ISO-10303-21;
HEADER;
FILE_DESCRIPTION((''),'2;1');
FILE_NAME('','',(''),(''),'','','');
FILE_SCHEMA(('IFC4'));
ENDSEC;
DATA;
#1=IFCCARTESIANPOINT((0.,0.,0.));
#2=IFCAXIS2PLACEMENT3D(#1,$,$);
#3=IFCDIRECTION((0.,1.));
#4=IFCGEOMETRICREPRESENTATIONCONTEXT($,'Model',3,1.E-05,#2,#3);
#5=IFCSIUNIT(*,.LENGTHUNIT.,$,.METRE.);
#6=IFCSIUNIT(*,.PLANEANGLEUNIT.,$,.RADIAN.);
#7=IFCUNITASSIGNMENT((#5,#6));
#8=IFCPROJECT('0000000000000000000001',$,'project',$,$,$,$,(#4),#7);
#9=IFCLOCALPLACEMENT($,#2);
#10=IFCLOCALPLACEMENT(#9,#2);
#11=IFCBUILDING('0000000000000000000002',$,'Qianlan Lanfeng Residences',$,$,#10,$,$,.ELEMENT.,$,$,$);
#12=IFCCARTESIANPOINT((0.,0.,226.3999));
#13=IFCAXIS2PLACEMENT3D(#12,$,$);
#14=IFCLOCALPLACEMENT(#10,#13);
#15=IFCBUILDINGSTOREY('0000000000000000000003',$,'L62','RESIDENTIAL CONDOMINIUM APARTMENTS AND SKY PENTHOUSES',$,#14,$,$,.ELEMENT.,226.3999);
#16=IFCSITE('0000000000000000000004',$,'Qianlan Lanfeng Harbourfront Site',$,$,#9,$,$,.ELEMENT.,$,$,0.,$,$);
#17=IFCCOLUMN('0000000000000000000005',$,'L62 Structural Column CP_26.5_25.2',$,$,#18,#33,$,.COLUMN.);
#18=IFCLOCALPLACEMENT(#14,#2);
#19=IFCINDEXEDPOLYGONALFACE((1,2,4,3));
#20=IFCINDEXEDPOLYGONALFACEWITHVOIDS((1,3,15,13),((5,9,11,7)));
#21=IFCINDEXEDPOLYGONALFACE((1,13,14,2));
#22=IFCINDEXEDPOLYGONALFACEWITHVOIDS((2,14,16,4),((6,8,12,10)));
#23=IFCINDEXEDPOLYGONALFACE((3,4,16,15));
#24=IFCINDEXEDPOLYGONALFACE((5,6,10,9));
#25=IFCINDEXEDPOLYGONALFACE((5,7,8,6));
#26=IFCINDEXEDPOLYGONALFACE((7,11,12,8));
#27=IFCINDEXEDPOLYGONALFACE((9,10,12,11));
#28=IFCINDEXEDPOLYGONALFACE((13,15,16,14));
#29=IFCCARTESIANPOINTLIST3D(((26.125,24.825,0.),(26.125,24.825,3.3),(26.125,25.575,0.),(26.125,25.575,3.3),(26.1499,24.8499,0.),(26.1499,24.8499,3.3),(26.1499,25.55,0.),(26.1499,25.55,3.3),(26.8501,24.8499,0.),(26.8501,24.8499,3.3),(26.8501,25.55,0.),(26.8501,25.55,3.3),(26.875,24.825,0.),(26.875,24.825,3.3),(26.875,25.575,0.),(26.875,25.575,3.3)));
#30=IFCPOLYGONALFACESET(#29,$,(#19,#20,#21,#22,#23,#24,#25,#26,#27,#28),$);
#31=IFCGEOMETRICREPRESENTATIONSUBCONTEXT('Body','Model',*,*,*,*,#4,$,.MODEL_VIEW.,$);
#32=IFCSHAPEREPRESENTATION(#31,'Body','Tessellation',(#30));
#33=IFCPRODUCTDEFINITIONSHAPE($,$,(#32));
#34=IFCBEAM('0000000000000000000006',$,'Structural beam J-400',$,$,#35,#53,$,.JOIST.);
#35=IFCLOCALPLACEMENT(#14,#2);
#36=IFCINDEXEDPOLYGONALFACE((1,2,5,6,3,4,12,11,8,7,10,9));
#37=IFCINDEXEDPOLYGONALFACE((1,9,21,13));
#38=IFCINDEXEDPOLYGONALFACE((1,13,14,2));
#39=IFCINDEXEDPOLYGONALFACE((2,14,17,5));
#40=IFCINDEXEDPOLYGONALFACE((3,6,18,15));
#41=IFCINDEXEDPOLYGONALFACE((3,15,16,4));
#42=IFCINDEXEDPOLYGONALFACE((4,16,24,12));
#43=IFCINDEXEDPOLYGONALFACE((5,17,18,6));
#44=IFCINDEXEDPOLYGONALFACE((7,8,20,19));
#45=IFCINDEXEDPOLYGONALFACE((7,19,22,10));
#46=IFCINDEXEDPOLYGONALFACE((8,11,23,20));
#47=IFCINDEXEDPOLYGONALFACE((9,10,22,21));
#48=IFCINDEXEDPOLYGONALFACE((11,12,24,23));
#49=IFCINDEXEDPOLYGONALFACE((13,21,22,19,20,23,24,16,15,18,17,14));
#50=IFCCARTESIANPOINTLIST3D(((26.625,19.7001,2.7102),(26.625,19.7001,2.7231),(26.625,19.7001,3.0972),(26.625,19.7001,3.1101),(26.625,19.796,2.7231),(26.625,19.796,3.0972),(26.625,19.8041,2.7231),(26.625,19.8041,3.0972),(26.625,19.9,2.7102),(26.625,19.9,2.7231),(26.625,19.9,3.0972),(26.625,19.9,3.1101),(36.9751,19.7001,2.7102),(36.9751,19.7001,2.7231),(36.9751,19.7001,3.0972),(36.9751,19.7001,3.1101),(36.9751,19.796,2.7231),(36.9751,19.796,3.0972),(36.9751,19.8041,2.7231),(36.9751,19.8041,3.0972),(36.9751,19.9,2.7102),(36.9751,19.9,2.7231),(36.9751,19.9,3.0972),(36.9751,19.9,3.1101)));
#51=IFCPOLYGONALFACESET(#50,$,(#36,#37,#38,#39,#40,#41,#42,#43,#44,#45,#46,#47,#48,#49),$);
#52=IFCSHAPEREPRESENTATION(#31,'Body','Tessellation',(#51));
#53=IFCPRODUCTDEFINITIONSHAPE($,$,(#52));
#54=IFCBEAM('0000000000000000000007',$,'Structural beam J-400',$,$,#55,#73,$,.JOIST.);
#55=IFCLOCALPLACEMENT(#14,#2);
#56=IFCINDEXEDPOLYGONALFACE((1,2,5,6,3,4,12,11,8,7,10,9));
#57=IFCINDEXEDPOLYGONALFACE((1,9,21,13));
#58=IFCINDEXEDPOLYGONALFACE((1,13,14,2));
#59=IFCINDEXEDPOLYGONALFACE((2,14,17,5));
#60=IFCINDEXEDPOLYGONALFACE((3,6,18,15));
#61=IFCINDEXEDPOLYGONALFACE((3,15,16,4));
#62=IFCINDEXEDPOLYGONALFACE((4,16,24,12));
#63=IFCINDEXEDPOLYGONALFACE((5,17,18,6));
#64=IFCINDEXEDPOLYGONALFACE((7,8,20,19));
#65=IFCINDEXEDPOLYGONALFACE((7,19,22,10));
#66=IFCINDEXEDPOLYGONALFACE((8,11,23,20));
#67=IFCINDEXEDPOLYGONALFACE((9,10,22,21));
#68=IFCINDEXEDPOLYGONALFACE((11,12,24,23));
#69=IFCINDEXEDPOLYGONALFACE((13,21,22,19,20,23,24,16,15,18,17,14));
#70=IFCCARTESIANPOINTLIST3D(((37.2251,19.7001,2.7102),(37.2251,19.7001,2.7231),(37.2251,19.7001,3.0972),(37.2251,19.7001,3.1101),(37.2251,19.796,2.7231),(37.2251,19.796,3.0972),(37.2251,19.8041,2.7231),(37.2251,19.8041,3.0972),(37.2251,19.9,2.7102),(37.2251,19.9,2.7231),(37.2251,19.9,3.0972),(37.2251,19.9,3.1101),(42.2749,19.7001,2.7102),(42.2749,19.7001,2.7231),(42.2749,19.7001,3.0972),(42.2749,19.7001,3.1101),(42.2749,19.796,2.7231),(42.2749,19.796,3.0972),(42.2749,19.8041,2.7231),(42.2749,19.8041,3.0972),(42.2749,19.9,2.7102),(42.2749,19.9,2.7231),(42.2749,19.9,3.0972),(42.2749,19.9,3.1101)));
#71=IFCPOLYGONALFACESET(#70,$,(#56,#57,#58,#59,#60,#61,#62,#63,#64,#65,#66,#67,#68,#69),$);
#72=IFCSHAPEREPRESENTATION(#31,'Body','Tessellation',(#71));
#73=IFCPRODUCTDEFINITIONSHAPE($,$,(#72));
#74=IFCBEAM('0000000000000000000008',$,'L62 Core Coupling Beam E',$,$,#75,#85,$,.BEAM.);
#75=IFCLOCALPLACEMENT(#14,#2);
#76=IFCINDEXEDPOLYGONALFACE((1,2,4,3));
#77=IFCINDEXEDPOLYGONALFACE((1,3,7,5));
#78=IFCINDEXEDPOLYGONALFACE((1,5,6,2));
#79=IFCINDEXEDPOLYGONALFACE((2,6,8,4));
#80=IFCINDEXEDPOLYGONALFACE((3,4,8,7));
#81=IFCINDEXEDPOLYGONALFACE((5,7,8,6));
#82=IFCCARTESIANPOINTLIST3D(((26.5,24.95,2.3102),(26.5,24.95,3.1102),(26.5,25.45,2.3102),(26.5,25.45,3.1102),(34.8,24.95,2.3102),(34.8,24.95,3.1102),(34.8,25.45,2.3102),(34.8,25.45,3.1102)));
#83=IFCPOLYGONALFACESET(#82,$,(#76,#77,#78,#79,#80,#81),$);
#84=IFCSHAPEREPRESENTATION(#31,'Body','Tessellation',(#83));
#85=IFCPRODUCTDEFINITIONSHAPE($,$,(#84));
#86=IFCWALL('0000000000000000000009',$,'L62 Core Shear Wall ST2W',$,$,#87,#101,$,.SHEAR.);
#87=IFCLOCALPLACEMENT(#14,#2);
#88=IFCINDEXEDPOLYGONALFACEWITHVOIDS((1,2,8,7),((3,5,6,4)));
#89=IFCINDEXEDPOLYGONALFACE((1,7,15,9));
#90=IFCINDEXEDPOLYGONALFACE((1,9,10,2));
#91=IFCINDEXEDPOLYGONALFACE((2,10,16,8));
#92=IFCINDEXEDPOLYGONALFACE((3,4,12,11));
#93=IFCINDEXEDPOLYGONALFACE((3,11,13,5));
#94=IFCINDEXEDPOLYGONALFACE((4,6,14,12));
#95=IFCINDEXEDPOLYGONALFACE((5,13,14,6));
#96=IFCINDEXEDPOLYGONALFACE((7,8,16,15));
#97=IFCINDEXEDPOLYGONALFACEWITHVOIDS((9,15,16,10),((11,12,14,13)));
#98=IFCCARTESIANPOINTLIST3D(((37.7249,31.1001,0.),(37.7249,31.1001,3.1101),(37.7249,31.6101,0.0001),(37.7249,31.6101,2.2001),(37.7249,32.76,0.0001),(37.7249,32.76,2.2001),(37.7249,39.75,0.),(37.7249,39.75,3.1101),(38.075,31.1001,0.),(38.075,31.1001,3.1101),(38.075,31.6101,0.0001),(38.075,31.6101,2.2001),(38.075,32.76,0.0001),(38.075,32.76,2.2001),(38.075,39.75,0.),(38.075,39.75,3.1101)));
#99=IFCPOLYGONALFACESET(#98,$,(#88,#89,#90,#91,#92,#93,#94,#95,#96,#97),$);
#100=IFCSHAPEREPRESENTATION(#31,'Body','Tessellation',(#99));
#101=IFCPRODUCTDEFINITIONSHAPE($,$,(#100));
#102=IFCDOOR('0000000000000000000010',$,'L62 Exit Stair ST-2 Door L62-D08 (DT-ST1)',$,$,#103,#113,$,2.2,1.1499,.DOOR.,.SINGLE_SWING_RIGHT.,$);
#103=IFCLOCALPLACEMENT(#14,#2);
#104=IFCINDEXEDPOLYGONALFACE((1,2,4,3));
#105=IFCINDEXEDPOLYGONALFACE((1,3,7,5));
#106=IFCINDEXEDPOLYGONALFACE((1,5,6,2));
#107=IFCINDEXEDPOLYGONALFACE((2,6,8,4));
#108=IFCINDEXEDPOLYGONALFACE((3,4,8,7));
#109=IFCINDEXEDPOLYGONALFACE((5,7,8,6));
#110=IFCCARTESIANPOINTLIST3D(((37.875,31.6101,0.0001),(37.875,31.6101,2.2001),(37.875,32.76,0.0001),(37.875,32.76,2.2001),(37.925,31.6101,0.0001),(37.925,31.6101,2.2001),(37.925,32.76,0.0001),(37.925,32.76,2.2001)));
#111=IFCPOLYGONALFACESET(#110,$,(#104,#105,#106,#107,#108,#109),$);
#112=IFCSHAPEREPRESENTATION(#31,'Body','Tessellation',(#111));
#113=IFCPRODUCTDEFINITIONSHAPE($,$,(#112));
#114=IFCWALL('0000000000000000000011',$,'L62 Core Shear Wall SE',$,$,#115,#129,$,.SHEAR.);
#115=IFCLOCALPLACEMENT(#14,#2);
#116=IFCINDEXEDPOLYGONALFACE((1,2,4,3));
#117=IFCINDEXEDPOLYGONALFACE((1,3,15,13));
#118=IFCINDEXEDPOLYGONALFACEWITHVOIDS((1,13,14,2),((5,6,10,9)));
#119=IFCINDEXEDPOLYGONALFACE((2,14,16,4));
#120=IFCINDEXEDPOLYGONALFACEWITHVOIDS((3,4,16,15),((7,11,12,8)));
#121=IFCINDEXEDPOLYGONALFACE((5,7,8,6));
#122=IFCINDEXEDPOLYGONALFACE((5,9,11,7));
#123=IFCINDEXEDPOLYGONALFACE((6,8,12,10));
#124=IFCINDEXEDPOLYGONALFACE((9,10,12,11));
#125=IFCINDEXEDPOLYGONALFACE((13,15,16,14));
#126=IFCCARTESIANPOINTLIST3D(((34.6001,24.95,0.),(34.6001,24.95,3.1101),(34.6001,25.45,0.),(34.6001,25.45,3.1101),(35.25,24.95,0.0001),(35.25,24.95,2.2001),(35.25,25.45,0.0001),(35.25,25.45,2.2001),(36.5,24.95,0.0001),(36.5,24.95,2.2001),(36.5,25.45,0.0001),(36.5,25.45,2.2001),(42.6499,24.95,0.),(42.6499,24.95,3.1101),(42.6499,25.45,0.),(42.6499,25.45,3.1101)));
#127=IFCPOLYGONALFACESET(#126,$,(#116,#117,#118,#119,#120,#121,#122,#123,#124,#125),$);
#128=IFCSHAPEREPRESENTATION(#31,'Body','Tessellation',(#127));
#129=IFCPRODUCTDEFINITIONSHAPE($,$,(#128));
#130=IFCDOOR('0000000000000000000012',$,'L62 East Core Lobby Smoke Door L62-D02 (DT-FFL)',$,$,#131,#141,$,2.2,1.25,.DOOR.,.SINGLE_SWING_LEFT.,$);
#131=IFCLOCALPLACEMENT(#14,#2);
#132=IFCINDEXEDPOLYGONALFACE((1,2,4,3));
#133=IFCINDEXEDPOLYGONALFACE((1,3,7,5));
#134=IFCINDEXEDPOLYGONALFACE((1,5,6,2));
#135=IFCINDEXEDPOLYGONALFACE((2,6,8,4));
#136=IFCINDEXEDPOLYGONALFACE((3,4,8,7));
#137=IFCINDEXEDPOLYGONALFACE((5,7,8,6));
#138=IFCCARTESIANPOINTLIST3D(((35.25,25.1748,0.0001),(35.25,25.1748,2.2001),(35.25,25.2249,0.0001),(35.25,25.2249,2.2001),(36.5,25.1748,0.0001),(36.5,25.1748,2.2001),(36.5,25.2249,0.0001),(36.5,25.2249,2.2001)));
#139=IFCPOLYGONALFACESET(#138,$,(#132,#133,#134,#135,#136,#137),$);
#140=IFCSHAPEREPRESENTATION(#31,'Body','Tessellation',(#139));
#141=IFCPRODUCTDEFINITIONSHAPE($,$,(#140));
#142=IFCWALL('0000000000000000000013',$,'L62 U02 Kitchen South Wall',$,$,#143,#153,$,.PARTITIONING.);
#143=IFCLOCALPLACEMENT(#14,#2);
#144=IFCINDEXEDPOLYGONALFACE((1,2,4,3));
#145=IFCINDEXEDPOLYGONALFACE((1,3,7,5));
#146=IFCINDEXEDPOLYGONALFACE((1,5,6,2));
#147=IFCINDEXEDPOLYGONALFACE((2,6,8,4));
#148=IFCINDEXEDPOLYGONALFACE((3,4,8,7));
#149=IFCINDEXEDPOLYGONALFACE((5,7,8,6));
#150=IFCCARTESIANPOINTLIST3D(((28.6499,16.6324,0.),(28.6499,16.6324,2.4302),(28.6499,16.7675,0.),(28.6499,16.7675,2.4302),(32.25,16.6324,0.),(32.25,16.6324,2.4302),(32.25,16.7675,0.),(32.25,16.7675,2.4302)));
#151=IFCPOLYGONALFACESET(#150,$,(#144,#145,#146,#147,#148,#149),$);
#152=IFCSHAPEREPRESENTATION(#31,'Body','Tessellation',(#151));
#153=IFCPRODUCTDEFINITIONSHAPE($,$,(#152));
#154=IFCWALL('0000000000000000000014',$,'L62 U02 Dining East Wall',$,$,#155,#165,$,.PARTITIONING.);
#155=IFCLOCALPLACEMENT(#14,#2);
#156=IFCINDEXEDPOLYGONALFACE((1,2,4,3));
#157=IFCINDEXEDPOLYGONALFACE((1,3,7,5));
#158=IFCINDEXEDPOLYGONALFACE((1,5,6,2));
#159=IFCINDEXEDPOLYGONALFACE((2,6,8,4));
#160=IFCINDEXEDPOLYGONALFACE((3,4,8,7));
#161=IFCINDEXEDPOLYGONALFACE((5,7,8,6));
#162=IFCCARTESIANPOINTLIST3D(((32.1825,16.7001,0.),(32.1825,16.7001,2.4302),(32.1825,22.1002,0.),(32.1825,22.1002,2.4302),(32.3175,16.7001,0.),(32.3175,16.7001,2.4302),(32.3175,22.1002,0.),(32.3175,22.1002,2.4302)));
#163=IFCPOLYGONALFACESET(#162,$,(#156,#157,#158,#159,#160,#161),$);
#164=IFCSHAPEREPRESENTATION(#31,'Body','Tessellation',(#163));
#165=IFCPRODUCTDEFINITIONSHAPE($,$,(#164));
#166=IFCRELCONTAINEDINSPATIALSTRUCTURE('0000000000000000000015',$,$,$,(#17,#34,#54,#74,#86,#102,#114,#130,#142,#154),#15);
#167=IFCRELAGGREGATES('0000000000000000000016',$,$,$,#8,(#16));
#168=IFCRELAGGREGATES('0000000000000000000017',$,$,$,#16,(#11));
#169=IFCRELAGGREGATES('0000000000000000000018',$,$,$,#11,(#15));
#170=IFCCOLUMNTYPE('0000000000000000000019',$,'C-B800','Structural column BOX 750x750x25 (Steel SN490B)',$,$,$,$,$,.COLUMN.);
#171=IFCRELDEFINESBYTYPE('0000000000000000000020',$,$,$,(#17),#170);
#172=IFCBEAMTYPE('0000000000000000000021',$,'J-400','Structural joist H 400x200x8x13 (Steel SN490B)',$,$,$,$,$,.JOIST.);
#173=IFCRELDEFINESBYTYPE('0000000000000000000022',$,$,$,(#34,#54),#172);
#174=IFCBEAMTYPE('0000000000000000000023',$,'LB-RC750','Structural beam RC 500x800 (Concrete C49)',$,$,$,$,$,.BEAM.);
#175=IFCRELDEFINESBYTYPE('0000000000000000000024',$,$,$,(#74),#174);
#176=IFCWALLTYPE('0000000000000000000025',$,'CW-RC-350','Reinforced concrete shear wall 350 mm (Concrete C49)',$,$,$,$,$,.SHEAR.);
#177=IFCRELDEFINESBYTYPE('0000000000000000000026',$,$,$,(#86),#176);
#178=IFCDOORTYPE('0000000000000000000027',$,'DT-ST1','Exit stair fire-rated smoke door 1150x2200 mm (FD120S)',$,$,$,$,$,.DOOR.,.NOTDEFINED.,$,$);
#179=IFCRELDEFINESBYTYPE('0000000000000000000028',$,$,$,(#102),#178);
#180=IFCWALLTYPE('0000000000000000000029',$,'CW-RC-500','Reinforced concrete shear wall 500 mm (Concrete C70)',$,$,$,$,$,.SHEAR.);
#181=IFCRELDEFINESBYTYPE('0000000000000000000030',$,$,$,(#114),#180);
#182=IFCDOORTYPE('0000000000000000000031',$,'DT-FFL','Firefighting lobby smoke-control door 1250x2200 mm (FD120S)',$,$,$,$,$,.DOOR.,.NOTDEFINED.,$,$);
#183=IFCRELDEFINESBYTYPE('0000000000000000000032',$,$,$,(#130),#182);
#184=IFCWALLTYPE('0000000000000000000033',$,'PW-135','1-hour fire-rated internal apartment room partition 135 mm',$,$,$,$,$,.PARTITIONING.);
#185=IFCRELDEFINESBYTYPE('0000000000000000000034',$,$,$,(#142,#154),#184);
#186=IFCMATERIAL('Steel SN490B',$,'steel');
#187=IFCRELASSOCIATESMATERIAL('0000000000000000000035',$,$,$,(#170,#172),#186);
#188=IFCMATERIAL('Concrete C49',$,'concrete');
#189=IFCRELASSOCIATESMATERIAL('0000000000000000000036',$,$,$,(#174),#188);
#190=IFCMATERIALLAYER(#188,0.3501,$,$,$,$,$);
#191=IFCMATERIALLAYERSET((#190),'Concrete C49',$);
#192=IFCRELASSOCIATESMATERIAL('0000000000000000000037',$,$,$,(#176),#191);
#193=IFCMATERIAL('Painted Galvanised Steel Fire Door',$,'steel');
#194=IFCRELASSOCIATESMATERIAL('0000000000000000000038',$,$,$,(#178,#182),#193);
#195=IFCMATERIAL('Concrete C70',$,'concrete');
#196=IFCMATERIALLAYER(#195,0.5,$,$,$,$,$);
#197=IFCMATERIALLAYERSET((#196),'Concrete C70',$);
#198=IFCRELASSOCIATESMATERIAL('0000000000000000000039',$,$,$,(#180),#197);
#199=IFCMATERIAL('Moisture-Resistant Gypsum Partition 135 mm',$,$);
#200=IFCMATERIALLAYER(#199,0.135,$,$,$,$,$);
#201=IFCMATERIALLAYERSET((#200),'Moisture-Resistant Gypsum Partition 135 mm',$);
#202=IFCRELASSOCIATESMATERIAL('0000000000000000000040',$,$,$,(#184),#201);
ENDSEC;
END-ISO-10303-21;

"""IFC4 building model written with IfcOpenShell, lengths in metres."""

from ifc_helpers import new_model, si_unit, direction, frame, frame_2d, origin, origin_2d, place, context, subcontext, project, spatial, rectangle, hollow_rectangle, i_section, extrude, material, layer, layer_set, material_profile, profile_set, type_object, element, fill, save


model = new_model("IFC4")

# Units and contexts
model_context = context("Model", 3, precision=1e-05, world=origin(), true_north=direction((0.0, 1.0)))
body_context = subcontext(model_context, "Body", "Model", "MODEL_VIEW")
ifc_project = project(units=[si_unit("LENGTHUNIT", "METRE"), si_unit("PLANEANGLEUNIT", "RADIAN")], contexts=[model_context])

# Site, building, storey
site_placement = place(None, origin())
site = spatial("IfcSite", under=ifc_project, at=site_placement, Name="Qianlan Lanfeng Harbourfront Site", CompositionType="ELEMENT", RefElevation=0.0)
building_placement = place(site_placement, origin())
building = spatial("IfcBuilding", under=site, at=building_placement, Name="Qianlan Lanfeng Residences", CompositionType="ELEMENT")
storey_placement = place(building_placement, frame((0.0, 0.0, 226.3999)))
storey = spatial("IfcBuildingStorey", under=building, at=storey_placement, Name="L62", Description="RESIDENTIAL CONDOMINIUM APARTMENTS AND SKY PENTHOUSES", CompositionType="ELEMENT", Elevation=226.3999)

# Column
ifc_material_1 = material(Name="Steel SN490B", Category="steel")
ifc_material_profile_1 = material_profile(ifc_material_1, hollow_rectangle(XDim=0.75, YDim=0.75, WallThickness=0.0249, at=origin_2d()), Name="BOX 750x750x25")
ifc_profile_set_1 = profile_set([ifc_material_profile_1], Name="Steel SN490B")
column_type = type_object("IfcColumnType", Name="C-B800", Description="Structural column BOX 750x750x25 (Steel SN490B)", PredefinedType="COLUMN", material=ifc_profile_set_1)
column_placement = place(storey_placement, frame((26.5, 25.2, 0.0), z_axis=(0.0, 0.0, 1.0), x_axis=(1.0, 0.0, 0.0)))
element("IfcColumn", 1, at=column_placement, inside=storey, type_object=column_type, Name="L62 Structural Column CP_26.5_25.2", PredefinedType="COLUMN", context=body_context, shape_type="SweptSolid", body=[
    extrude(hollow_rectangle(XDim=0.75, YDim=0.75, WallThickness=0.0249, at=origin_2d()), origin(), (0.0, 0.0, 1.0), 3.3),
])

# Beams
ifc_material_profile_2 = material_profile(ifc_material_1, i_section(OverallWidth=0.2, OverallDepth=0.3999, WebThickness=0.0081, FlangeThickness=0.0129, at=origin_2d()), Name="H 400x200x8x13")
ifc_profile_set_2 = profile_set([ifc_material_profile_2], Name="Steel SN490B")
beam_type_1 = type_object("IfcBeamType", Name="J-400", Description="Structural joist H 400x200x8x13 (Steel SN490B)", PredefinedType="JOIST", material=ifc_profile_set_2)
beam_1_placement = place(storey_placement, frame((26.625, 19.8, 2.9102), z_axis=(1.0, 0.0, 0.0), x_axis=(0.0, 1.0, 0.0)))
element("IfcBeam", 2, at=beam_1_placement, inside=storey, type_object=beam_type_1, Name="Structural beam J-400", PredefinedType="JOIST", context=body_context, shape_type="SweptSolid", body=[
    extrude(i_section(OverallWidth=0.2, OverallDepth=0.3999, WebThickness=0.0081, FlangeThickness=0.0129, at=origin_2d()), origin(), (0.0, 0.0, 1.0), 10.3501),
])
beam_2_placement = place(storey_placement, frame((37.2251, 19.8, 2.9102), z_axis=(1.0, 0.0, 0.0), x_axis=(0.0, 1.0, 0.0)))
element("IfcBeam", 3, at=beam_2_placement, inside=storey, type_object=beam_type_1, Name="Structural beam J-400", PredefinedType="JOIST", context=body_context, shape_type="SweptSolid", body=[
    extrude(i_section(OverallWidth=0.2, OverallDepth=0.3999, WebThickness=0.0081, FlangeThickness=0.0129, at=origin_2d()), origin(), (0.0, 0.0, 1.0), 5.0498),
])
ifc_material_2 = material(Name="Concrete C49", Category="concrete")
ifc_material_profile_3 = material_profile(ifc_material_2, rectangle(XDim=0.5, YDim=0.8, at=origin_2d()), Name="RC 500x800")
ifc_profile_set_3 = profile_set([ifc_material_profile_3], Name="Concrete C49")
beam_type_2 = type_object("IfcBeamType", Name="LB-RC750", Description="Structural beam RC 500x800 (Concrete C49)", PredefinedType="BEAM", material=ifc_profile_set_3)
beam_3_placement = place(storey_placement, frame((26.5, 25.2, 2.7102), z_axis=(1.0, 0.0, 0.0), x_axis=(0.0, 1.0, 0.0)))
element("IfcBeam", 4, at=beam_3_placement, inside=storey, type_object=beam_type_2, Name="L62 Core Coupling Beam E", PredefinedType="BEAM", context=body_context, shape_type="SweptSolid", body=[
    extrude(rectangle(XDim=0.5, YDim=0.8, at=origin_2d()), origin(), (0.0, 0.0, 1.0), 8.3),
])

# Walls, openings, doors
ifc_layer_1 = layer(ifc_material_2, 0.3501)
ifc_layer_set_1 = layer_set([ifc_layer_1], Name="Concrete C49")
wall_type_1 = type_object("IfcWallType", Name="CW-RC-350", Description="Reinforced concrete shear wall 350 mm (Concrete C49)", PredefinedType="SHEAR", material=ifc_layer_set_1)
wall_1_placement = place(storey_placement, frame((37.8999, 31.1001, 0.0), z_axis=(0.0, 0.0, 1.0), x_axis=(0.0, 1.0, 0.0)))
wall_1 = element("IfcWall", 5, at=wall_1_placement, inside=storey, type_object=wall_type_1, Name="L62 Core Shear Wall ST2W", PredefinedType="SHEAR", context=body_context, shape_type="SweptSolid", body=[
    extrude(rectangle(XDim=8.6499, YDim=0.3501, at=frame_2d((4.325, 0.0))), origin(), (0.0, 0.0, 1.0), 3.1101),
])
opening_1_placement = place(wall_1_placement, frame((0.51, 0.0, 0.0)))
opening_1 = element("IfcOpeningElement", 6, at=opening_1_placement, cuts=wall_1, PredefinedType="OPENING", context=body_context, shape_type="SweptSolid", body=[
    extrude(rectangle(XDim=1.1499, YDim=2.2, at=frame_2d((0.575, 1.1001))), frame((0.0, 0.1851, 0.0), z_axis=(0.0, -1.0, 0.0), x_axis=(1.0, 0.0, 0.0)), (0.0, 0.0, 1.0), 0.3701),
])
ifc_material_3 = material(Name="Painted Galvanised Steel Fire Door", Category="steel")
door_type_1 = type_object("IfcDoorType", Name="DT-ST1", Description="Exit stair fire-rated smoke door 1150x2200 mm (FD120S)", OperationType="NOTDEFINED", PredefinedType="DOOR", material=ifc_material_3)
door_1_placement = place(opening_1_placement, origin())
door_1 = element("IfcDoor", 7, at=door_1_placement, inside=storey, type_object=door_type_1, Name="L62 Exit Stair ST-2 Door L62-D08 (DT-ST1)", OperationType="SINGLE_SWING_RIGHT", OverallHeight=2.2, OverallWidth=1.1499, PredefinedType="DOOR", context=body_context, shape_type="SweptSolid", body=[
    extrude(rectangle(XDim=1.1499, YDim=2.2, at=frame_2d((0.575, 1.1001))), frame((0.0, 0.0249, 0.0), z_axis=(0.0, -1.0, 0.0), x_axis=(1.0, 0.0, 0.0)), (0.0, 0.0, 1.0), 0.05),
])
fill(opening_1, door_1)
ifc_material_4 = material(Name="Concrete C70", Category="concrete")
ifc_layer_2 = layer(ifc_material_4, 0.5)
ifc_layer_set_2 = layer_set([ifc_layer_2], Name="Concrete C70")
wall_type_2 = type_object("IfcWallType", Name="CW-RC-500", Description="Reinforced concrete shear wall 500 mm (Concrete C70)", PredefinedType="SHEAR", material=ifc_layer_set_2)
wall_2_placement = place(storey_placement, frame((34.6001, 25.2, 0.0), z_axis=(0.0, 0.0, 1.0), x_axis=(1.0, 0.0, 0.0)))
wall_2 = element("IfcWall", 8, at=wall_2_placement, inside=storey, type_object=wall_type_2, Name="L62 Core Shear Wall SE", PredefinedType="SHEAR", context=body_context, shape_type="SweptSolid", body=[
    extrude(rectangle(XDim=8.0498, YDim=0.5, at=frame_2d((4.0249, 0.0))), origin(), (0.0, 0.0, 1.0), 3.1101),
])
opening_2_placement = place(wall_2_placement, frame((0.6499, 0.0, 0.0)))
opening_2 = element("IfcOpeningElement", 9, at=opening_2_placement, cuts=wall_2, PredefinedType="OPENING", context=body_context, shape_type="SweptSolid", body=[
    extrude(rectangle(XDim=1.25, YDim=2.2, at=frame_2d((0.625, 1.1001))), frame((0.0, 0.26, 0.0), z_axis=(0.0, -1.0, 0.0), x_axis=(1.0, 0.0, 0.0)), (0.0, 0.0, 1.0), 0.52),
])
door_type_2 = type_object("IfcDoorType", Name="DT-FFL", Description="Firefighting lobby smoke-control door 1250x2200 mm (FD120S)", OperationType="NOTDEFINED", PredefinedType="DOOR", material=ifc_material_3)
door_2_placement = place(opening_2_placement, origin())
door_2 = element("IfcDoor", 10, at=door_2_placement, inside=storey, type_object=door_type_2, Name="L62 East Core Lobby Smoke Door L62-D02 (DT-FFL)", OperationType="SINGLE_SWING_LEFT", OverallHeight=2.2, OverallWidth=1.25, PredefinedType="DOOR", context=body_context, shape_type="SweptSolid", body=[
    extrude(rectangle(XDim=1.25, YDim=2.2, at=frame_2d((0.625, 1.1001))), frame((0.0, 0.0249, 0.0), z_axis=(0.0, -1.0, 0.0), x_axis=(1.0, 0.0, 0.0)), (0.0, 0.0, 1.0), 0.05),
])
fill(opening_2, door_2)

# Walls
ifc_material_5 = material(Name="Moisture-Resistant Gypsum Partition 135 mm")
ifc_layer_3 = layer(ifc_material_5, 0.135)
ifc_layer_set_3 = layer_set([ifc_layer_3], Name="Moisture-Resistant Gypsum Partition 135 mm")
wall_type_3 = type_object("IfcWallType", Name="PW-135", Description="1-hour fire-rated internal apartment room partition 135 mm", PredefinedType="PARTITIONING", material=ifc_layer_set_3)
wall_3_placement = place(storey_placement, frame((28.6499, 16.7, 0.0), z_axis=(0.0, 0.0, 1.0), x_axis=(1.0, 0.0, 0.0)))
element("IfcWall", 11, at=wall_3_placement, inside=storey, type_object=wall_type_3, Name="L62 U02 Kitchen South Wall", PredefinedType="PARTITIONING", context=body_context, shape_type="SweptSolid", body=[
    extrude(rectangle(XDim=3.6001, YDim=0.135, at=frame_2d((1.8, 0.0))), origin(), (0.0, 0.0, 1.0), 2.4302),
])
wall_4_placement = place(storey_placement, frame((32.25, 16.7, 0.0), z_axis=(0.0, 0.0, 1.0), x_axis=(0.0, 1.0, 0.0)))
element("IfcWall", 12, at=wall_4_placement, inside=storey, type_object=wall_type_3, Name="L62 U02 Dining East Wall", PredefinedType="PARTITIONING", context=body_context, shape_type="SweptSolid", body=[
    extrude(rectangle(XDim=5.4001, YDim=0.135, at=frame_2d((2.7002, 0.0))), origin(), (0.0, 0.0, 1.0), 2.4302),
])

save(model, "model.ifc")
